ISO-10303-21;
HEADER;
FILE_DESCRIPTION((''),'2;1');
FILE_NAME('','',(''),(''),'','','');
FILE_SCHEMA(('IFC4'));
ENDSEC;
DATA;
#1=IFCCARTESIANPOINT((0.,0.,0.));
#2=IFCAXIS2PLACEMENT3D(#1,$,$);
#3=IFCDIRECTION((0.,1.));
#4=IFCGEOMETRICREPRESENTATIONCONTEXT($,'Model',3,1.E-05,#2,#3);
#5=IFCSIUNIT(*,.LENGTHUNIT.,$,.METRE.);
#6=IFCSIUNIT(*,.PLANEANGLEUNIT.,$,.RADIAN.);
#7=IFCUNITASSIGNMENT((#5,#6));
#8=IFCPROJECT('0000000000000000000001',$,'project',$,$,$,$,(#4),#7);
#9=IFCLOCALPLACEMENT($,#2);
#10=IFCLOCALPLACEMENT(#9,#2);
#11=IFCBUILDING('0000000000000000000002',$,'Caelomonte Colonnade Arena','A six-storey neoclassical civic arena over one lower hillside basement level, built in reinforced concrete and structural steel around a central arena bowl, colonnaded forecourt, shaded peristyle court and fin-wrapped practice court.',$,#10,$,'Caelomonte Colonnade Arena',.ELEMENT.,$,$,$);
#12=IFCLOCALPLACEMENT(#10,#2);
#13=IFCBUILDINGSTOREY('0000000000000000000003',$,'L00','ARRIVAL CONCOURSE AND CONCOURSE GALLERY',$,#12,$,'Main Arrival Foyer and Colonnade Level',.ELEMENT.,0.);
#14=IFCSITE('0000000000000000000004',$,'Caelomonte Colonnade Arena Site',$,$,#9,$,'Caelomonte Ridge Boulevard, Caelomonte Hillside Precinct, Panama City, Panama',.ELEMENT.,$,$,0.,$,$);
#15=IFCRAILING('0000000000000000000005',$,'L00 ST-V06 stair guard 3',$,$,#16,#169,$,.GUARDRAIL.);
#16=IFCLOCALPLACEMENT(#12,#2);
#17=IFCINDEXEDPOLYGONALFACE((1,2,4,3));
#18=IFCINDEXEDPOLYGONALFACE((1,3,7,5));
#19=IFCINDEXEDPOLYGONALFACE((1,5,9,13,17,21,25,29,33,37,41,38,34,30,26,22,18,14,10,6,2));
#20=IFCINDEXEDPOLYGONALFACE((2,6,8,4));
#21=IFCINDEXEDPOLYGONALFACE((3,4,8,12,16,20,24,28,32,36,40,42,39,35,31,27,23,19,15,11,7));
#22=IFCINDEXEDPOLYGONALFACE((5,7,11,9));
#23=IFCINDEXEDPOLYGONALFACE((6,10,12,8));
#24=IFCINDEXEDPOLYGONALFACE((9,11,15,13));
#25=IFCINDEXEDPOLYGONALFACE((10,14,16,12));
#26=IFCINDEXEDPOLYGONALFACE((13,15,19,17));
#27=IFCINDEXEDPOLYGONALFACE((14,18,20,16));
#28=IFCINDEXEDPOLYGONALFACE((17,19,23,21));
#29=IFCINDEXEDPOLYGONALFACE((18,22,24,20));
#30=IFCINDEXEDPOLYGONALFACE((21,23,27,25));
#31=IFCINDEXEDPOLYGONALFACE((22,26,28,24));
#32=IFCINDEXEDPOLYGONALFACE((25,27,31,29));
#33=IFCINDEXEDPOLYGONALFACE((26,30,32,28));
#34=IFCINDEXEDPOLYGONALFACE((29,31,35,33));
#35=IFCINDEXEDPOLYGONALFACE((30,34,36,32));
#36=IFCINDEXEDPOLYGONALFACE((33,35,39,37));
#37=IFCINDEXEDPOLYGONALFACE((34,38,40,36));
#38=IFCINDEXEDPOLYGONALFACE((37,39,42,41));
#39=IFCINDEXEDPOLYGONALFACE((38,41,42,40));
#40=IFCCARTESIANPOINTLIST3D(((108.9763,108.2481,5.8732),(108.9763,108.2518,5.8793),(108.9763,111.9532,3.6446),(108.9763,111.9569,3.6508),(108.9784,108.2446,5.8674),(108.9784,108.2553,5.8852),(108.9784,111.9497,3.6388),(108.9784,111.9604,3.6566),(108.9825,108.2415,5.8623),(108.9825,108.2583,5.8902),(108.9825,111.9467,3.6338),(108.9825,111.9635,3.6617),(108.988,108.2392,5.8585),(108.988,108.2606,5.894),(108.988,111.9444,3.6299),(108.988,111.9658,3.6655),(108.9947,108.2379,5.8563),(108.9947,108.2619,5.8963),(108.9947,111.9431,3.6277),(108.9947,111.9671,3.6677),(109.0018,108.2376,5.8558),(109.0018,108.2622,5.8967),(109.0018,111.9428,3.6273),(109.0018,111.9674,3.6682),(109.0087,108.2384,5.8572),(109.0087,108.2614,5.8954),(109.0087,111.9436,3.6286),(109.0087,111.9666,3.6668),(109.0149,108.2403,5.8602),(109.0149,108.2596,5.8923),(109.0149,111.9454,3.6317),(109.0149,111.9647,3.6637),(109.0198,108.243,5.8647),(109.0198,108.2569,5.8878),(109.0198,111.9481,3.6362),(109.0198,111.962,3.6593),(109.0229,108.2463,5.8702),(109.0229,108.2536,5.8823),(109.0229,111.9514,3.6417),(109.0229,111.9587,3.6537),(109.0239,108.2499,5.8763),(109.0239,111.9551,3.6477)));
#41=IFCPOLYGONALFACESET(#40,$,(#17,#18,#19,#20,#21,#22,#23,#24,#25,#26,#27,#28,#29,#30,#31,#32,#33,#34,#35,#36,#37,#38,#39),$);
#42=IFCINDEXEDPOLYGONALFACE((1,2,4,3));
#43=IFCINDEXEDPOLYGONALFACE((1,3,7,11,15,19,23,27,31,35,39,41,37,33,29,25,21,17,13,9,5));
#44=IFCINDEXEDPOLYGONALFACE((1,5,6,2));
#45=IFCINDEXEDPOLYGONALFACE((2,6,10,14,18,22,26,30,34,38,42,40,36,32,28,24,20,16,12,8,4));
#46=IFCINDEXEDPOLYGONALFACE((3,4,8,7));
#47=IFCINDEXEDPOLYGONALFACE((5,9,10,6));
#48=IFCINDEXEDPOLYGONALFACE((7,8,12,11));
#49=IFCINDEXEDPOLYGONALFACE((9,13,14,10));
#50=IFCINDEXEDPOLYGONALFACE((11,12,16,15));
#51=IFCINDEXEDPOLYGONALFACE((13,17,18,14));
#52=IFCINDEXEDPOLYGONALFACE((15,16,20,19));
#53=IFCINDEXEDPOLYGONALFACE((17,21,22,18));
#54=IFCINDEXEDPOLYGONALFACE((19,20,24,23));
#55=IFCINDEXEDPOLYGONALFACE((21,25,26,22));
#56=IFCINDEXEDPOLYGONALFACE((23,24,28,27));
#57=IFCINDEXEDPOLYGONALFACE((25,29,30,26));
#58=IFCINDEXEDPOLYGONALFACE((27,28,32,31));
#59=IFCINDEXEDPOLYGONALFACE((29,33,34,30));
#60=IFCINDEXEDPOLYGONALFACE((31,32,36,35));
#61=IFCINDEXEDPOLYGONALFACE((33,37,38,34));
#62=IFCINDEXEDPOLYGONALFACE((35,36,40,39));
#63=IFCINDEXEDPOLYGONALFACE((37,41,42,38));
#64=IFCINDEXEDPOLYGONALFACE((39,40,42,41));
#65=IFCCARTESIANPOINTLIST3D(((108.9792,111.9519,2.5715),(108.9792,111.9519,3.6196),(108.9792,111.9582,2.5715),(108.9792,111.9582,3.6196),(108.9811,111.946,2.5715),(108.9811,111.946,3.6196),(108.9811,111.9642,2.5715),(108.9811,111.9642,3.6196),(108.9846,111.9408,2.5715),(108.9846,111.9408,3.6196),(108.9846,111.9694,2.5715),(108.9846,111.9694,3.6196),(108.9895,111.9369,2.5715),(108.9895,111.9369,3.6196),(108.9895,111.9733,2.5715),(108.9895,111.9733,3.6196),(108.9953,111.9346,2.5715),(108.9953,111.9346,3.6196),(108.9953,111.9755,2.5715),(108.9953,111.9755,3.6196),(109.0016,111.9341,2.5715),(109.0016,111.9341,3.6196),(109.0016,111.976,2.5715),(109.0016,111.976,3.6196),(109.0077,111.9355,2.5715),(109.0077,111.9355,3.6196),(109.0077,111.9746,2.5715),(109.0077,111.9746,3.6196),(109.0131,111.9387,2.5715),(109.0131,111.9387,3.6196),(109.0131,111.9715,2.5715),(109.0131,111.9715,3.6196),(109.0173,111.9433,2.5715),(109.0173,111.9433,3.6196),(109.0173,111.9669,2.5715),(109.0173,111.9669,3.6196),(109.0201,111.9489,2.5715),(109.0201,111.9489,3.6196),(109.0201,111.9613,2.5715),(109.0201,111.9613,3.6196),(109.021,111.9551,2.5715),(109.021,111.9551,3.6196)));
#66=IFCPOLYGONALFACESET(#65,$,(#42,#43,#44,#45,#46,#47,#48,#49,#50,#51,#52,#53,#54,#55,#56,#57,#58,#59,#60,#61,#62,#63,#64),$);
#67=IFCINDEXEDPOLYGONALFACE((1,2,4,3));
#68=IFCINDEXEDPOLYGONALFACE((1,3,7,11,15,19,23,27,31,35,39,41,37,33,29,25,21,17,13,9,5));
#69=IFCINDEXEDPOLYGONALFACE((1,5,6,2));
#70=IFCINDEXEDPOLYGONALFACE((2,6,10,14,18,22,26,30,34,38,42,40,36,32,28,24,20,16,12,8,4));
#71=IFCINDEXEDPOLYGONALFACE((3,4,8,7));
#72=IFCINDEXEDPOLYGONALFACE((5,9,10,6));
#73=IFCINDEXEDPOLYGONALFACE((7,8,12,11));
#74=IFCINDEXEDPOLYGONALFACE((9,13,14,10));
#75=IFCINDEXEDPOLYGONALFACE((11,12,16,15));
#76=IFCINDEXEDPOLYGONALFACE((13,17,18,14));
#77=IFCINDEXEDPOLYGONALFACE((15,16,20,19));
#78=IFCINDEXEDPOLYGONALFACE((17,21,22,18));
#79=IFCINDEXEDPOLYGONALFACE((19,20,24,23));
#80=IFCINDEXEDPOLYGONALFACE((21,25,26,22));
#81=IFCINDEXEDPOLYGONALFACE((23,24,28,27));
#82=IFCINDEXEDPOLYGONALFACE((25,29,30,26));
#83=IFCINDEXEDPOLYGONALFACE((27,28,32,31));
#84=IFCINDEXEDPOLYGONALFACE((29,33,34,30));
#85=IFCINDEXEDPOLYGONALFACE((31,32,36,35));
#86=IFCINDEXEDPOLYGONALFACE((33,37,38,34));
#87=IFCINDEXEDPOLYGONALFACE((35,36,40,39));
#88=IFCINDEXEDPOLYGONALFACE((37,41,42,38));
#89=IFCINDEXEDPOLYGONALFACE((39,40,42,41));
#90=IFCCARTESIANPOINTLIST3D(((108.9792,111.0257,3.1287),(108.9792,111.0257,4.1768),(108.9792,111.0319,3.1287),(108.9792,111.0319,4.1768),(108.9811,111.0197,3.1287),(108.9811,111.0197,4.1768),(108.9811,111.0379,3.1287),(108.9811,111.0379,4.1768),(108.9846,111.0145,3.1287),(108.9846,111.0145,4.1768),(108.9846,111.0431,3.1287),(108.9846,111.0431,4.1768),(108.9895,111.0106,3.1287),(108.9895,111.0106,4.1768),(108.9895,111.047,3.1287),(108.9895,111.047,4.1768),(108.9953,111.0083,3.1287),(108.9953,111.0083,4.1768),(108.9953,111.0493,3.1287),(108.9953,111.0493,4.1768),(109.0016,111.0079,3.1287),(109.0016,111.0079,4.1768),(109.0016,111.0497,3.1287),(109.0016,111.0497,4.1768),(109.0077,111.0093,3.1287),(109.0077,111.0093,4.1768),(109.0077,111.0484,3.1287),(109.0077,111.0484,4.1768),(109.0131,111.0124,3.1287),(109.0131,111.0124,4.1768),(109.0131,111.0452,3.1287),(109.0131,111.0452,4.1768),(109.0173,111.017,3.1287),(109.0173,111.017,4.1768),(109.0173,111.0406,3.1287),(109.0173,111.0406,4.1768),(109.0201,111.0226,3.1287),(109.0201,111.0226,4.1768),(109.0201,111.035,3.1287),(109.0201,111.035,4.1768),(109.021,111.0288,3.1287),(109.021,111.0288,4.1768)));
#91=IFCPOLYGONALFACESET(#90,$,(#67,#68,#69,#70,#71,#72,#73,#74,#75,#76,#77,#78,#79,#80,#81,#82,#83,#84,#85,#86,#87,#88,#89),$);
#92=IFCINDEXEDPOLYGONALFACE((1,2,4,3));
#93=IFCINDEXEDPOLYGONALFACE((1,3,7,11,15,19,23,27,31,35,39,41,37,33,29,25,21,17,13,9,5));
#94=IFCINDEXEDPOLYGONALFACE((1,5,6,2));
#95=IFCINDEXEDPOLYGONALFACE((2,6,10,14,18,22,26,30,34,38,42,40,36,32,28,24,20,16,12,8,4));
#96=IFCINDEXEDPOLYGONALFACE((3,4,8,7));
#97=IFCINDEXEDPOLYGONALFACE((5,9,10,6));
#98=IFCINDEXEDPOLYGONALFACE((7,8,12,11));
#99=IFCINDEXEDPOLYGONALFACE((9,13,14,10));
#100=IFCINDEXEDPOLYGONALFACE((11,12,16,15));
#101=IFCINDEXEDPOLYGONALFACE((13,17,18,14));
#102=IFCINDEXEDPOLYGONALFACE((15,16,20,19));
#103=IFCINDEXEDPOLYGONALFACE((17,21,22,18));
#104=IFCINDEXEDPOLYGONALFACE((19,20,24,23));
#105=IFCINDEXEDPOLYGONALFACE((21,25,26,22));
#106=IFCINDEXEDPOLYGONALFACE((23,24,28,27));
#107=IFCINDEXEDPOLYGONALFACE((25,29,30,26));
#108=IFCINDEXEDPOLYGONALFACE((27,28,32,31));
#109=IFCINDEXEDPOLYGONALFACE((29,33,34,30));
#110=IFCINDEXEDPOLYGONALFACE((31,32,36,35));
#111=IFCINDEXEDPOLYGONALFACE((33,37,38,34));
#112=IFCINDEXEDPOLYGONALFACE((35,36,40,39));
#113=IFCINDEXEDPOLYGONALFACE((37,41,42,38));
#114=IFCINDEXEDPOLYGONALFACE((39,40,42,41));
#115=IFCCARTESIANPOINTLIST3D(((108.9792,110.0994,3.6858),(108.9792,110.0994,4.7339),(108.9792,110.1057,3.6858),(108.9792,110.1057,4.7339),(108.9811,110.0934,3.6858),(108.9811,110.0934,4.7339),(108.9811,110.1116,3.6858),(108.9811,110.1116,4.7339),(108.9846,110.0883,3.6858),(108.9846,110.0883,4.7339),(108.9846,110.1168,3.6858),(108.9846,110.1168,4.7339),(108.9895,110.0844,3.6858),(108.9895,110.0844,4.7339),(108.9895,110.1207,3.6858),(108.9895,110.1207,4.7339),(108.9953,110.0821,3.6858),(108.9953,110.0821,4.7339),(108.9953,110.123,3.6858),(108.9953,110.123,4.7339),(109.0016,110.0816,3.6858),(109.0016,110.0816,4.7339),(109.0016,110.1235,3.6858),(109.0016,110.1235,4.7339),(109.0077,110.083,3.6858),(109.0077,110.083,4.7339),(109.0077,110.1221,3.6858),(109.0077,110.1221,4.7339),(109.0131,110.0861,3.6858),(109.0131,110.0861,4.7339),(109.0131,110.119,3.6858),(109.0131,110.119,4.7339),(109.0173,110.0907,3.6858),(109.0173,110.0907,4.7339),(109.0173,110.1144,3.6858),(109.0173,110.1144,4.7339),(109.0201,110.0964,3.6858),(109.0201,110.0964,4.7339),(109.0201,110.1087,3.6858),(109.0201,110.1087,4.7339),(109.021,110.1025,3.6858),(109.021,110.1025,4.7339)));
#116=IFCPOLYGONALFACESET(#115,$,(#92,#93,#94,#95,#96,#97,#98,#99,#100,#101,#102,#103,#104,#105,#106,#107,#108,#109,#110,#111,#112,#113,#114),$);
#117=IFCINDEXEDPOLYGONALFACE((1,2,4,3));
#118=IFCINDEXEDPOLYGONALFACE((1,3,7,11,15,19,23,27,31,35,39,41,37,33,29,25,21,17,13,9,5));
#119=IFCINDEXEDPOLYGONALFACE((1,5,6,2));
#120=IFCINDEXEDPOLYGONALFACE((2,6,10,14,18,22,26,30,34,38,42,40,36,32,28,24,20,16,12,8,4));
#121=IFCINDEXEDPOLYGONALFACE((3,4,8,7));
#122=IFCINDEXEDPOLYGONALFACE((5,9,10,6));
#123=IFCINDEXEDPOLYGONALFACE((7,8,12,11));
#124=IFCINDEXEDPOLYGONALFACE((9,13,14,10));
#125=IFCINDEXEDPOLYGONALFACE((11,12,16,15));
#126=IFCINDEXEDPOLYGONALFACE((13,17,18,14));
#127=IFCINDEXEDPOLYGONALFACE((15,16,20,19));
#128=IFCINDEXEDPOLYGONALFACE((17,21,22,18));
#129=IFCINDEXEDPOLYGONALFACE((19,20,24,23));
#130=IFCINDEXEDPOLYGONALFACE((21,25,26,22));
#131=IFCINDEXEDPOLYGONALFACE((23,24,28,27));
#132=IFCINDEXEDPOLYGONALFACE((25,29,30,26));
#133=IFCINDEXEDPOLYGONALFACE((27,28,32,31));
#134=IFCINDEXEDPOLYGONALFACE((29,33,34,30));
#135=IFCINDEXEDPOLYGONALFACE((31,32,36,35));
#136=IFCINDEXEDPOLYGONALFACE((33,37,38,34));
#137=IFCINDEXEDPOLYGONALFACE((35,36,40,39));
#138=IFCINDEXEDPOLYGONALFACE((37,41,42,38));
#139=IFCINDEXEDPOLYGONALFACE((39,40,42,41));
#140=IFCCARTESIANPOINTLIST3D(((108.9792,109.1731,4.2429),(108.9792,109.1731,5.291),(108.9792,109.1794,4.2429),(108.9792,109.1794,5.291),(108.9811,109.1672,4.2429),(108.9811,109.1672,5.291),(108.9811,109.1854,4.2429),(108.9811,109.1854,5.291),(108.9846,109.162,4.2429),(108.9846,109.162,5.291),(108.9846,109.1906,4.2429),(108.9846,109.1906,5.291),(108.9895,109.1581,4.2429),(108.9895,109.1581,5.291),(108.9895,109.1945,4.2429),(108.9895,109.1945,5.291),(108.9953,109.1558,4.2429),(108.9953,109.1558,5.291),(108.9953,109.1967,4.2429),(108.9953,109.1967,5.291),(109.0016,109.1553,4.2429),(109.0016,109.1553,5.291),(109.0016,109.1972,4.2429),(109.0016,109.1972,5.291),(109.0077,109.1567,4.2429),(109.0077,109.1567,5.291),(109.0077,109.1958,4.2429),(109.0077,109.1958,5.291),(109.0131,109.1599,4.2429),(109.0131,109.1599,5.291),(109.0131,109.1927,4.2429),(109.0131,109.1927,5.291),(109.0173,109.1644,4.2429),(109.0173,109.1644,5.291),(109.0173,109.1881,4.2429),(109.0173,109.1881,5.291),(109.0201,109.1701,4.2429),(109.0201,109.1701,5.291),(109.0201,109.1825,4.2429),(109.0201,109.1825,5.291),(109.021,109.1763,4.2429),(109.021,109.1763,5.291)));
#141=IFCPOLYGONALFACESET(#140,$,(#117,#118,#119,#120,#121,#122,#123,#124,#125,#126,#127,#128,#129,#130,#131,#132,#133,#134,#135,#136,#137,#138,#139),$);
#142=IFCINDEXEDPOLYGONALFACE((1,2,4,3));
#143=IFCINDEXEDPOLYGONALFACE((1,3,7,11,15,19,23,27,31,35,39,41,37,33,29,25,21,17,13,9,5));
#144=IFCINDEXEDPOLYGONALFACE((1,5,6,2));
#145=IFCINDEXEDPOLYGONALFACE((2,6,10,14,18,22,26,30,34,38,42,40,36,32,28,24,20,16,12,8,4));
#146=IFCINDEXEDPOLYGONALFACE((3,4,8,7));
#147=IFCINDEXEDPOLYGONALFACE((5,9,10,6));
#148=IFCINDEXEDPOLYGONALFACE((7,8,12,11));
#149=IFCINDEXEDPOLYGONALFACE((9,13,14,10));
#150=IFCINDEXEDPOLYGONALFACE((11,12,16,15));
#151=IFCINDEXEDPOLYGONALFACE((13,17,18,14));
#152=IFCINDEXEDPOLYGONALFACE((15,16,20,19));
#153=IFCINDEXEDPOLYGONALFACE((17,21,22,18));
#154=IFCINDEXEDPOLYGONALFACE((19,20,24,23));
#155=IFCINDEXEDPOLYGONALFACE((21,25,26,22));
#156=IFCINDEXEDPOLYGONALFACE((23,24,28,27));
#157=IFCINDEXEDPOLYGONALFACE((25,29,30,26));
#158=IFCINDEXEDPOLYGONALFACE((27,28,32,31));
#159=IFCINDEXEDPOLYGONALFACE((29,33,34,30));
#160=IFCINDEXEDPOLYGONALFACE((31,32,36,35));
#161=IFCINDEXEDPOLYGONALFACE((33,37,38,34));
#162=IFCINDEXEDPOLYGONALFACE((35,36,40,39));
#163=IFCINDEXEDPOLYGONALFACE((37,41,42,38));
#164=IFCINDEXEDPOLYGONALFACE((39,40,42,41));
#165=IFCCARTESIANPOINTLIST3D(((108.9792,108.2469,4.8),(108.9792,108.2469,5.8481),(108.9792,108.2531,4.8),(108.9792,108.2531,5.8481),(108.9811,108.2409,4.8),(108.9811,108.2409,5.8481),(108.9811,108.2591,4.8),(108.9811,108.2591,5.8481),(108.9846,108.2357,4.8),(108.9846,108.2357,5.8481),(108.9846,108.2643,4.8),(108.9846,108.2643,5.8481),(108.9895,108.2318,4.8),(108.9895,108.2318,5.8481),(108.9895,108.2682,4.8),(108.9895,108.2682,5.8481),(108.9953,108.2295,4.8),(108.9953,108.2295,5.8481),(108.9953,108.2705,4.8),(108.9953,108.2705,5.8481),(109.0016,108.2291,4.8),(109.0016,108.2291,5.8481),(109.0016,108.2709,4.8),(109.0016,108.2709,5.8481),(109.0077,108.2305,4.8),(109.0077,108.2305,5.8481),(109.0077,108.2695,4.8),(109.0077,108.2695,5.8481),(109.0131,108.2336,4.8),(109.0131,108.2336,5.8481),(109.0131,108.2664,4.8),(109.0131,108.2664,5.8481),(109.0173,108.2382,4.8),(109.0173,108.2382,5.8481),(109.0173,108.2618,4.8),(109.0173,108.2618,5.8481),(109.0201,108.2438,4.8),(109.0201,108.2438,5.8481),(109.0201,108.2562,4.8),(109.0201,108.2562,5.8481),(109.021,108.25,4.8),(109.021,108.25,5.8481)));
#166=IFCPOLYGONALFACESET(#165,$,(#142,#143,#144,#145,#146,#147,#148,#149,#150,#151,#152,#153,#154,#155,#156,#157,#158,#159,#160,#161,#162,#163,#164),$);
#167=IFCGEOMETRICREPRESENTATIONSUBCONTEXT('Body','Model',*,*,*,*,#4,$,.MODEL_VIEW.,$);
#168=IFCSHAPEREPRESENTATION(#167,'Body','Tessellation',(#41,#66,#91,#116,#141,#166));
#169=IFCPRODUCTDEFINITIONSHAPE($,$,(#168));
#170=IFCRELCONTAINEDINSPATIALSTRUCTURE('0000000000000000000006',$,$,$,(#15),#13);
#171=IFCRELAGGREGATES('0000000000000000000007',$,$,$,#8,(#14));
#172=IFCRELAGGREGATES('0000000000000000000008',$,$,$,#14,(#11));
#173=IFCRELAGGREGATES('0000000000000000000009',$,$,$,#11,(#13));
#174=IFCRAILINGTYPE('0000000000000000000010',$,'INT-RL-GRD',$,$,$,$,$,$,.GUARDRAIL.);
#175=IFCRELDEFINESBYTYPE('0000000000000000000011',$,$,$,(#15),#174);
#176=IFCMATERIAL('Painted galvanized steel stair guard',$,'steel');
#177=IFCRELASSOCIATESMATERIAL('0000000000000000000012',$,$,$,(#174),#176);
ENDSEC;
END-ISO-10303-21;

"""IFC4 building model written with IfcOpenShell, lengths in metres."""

from ifc_helpers import new_model, si_unit, direction, frame, origin, origin_2d, place, context, subcontext, project, spatial, circle, extrude, material, type_object, element, save


model = new_model("IFC4")

# Units and contexts
model_context = context("Model", 3, precision=1e-05, world=origin(), true_north=direction((0.0, 1.0)))
body_context = subcontext(model_context, "Body", "Model", "MODEL_VIEW")
ifc_project = project(units=[si_unit("LENGTHUNIT", "METRE"), si_unit("PLANEANGLEUNIT", "RADIAN")], contexts=[model_context])

# Site, building, storey
site_placement = place(None, origin())
site = spatial("IfcSite", under=ifc_project, at=site_placement, Name="Caelomonte Colonnade Arena Site", LongName="Caelomonte Ridge Boulevard, Caelomonte Hillside Precinct, Panama City, Panama", CompositionType="ELEMENT", RefElevation=0.0)
building_placement = place(site_placement, origin())
building = spatial("IfcBuilding", under=site, at=building_placement, Name="Caelomonte Colonnade Arena", Description="A six-storey neoclassical civic arena over one lower hillside basement level, built in reinforced concrete and structural steel around a central arena bowl, colonnaded forecourt, shaded peristyle court and fin-wrapped practice court.", LongName="Caelomonte Colonnade Arena", CompositionType="ELEMENT")
storey_placement = place(building_placement, origin())
storey = spatial("IfcBuildingStorey", under=building, at=storey_placement, Name="L00", Description="ARRIVAL CONCOURSE AND CONCOURSE GALLERY", LongName="Main Arrival Foyer and Colonnade Level", CompositionType="ELEMENT", Elevation=0.0)

# Railing
ifc_material_1 = material(Name="Painted galvanized steel stair guard", Category="steel")
railing_type_1 = type_object("IfcRailingType", Name="INT-RL-GRD", PredefinedType="GUARDRAIL", material=ifc_material_1)
railing_1_placement = place(storey_placement, frame((109.0, 111.9551, 2.5715)))
element("IfcRailing", 1, at=railing_1_placement, inside=storey, type_object=railing_type_1, Name="L00 ST-V06 stair guard 3", PredefinedType="GUARDRAIL", context=body_context, shape_type="SweptSolid", body=[
    extrude(circle(Radius=0.0239, at=origin_2d()), frame((0.0, 0.0, 1.0762), z_axis=(0.0, -0.856934, 0.515425), x_axis=(1.0, 0.0, 0.0)), (0.0, 0.0, 1.0), 4.3237),
    extrude(circle(Radius=0.021, at=origin_2d()), origin(), (0.0, 0.0, 1.0), 1.0481),
    extrude(circle(Radius=0.021, at=origin_2d()), frame((0.0, -0.9263, 0.5571)), (0.0, 0.0, 1.0), 1.0481),
    extrude(circle(Radius=0.021, at=origin_2d()), frame((0.0, -1.8525, 1.1143)), (0.0, 0.0, 1.0), 1.0481),
    extrude(circle(Radius=0.021, at=origin_2d()), frame((0.0, -2.7788, 1.6714)), (0.0, 0.0, 1.0), 1.0481),
    extrude(circle(Radius=0.021, at=origin_2d()), frame((0.0, -3.7051, 2.2285)), (0.0, 0.0, 1.0), 1.0481),
])

save(model, "model.ifc")
